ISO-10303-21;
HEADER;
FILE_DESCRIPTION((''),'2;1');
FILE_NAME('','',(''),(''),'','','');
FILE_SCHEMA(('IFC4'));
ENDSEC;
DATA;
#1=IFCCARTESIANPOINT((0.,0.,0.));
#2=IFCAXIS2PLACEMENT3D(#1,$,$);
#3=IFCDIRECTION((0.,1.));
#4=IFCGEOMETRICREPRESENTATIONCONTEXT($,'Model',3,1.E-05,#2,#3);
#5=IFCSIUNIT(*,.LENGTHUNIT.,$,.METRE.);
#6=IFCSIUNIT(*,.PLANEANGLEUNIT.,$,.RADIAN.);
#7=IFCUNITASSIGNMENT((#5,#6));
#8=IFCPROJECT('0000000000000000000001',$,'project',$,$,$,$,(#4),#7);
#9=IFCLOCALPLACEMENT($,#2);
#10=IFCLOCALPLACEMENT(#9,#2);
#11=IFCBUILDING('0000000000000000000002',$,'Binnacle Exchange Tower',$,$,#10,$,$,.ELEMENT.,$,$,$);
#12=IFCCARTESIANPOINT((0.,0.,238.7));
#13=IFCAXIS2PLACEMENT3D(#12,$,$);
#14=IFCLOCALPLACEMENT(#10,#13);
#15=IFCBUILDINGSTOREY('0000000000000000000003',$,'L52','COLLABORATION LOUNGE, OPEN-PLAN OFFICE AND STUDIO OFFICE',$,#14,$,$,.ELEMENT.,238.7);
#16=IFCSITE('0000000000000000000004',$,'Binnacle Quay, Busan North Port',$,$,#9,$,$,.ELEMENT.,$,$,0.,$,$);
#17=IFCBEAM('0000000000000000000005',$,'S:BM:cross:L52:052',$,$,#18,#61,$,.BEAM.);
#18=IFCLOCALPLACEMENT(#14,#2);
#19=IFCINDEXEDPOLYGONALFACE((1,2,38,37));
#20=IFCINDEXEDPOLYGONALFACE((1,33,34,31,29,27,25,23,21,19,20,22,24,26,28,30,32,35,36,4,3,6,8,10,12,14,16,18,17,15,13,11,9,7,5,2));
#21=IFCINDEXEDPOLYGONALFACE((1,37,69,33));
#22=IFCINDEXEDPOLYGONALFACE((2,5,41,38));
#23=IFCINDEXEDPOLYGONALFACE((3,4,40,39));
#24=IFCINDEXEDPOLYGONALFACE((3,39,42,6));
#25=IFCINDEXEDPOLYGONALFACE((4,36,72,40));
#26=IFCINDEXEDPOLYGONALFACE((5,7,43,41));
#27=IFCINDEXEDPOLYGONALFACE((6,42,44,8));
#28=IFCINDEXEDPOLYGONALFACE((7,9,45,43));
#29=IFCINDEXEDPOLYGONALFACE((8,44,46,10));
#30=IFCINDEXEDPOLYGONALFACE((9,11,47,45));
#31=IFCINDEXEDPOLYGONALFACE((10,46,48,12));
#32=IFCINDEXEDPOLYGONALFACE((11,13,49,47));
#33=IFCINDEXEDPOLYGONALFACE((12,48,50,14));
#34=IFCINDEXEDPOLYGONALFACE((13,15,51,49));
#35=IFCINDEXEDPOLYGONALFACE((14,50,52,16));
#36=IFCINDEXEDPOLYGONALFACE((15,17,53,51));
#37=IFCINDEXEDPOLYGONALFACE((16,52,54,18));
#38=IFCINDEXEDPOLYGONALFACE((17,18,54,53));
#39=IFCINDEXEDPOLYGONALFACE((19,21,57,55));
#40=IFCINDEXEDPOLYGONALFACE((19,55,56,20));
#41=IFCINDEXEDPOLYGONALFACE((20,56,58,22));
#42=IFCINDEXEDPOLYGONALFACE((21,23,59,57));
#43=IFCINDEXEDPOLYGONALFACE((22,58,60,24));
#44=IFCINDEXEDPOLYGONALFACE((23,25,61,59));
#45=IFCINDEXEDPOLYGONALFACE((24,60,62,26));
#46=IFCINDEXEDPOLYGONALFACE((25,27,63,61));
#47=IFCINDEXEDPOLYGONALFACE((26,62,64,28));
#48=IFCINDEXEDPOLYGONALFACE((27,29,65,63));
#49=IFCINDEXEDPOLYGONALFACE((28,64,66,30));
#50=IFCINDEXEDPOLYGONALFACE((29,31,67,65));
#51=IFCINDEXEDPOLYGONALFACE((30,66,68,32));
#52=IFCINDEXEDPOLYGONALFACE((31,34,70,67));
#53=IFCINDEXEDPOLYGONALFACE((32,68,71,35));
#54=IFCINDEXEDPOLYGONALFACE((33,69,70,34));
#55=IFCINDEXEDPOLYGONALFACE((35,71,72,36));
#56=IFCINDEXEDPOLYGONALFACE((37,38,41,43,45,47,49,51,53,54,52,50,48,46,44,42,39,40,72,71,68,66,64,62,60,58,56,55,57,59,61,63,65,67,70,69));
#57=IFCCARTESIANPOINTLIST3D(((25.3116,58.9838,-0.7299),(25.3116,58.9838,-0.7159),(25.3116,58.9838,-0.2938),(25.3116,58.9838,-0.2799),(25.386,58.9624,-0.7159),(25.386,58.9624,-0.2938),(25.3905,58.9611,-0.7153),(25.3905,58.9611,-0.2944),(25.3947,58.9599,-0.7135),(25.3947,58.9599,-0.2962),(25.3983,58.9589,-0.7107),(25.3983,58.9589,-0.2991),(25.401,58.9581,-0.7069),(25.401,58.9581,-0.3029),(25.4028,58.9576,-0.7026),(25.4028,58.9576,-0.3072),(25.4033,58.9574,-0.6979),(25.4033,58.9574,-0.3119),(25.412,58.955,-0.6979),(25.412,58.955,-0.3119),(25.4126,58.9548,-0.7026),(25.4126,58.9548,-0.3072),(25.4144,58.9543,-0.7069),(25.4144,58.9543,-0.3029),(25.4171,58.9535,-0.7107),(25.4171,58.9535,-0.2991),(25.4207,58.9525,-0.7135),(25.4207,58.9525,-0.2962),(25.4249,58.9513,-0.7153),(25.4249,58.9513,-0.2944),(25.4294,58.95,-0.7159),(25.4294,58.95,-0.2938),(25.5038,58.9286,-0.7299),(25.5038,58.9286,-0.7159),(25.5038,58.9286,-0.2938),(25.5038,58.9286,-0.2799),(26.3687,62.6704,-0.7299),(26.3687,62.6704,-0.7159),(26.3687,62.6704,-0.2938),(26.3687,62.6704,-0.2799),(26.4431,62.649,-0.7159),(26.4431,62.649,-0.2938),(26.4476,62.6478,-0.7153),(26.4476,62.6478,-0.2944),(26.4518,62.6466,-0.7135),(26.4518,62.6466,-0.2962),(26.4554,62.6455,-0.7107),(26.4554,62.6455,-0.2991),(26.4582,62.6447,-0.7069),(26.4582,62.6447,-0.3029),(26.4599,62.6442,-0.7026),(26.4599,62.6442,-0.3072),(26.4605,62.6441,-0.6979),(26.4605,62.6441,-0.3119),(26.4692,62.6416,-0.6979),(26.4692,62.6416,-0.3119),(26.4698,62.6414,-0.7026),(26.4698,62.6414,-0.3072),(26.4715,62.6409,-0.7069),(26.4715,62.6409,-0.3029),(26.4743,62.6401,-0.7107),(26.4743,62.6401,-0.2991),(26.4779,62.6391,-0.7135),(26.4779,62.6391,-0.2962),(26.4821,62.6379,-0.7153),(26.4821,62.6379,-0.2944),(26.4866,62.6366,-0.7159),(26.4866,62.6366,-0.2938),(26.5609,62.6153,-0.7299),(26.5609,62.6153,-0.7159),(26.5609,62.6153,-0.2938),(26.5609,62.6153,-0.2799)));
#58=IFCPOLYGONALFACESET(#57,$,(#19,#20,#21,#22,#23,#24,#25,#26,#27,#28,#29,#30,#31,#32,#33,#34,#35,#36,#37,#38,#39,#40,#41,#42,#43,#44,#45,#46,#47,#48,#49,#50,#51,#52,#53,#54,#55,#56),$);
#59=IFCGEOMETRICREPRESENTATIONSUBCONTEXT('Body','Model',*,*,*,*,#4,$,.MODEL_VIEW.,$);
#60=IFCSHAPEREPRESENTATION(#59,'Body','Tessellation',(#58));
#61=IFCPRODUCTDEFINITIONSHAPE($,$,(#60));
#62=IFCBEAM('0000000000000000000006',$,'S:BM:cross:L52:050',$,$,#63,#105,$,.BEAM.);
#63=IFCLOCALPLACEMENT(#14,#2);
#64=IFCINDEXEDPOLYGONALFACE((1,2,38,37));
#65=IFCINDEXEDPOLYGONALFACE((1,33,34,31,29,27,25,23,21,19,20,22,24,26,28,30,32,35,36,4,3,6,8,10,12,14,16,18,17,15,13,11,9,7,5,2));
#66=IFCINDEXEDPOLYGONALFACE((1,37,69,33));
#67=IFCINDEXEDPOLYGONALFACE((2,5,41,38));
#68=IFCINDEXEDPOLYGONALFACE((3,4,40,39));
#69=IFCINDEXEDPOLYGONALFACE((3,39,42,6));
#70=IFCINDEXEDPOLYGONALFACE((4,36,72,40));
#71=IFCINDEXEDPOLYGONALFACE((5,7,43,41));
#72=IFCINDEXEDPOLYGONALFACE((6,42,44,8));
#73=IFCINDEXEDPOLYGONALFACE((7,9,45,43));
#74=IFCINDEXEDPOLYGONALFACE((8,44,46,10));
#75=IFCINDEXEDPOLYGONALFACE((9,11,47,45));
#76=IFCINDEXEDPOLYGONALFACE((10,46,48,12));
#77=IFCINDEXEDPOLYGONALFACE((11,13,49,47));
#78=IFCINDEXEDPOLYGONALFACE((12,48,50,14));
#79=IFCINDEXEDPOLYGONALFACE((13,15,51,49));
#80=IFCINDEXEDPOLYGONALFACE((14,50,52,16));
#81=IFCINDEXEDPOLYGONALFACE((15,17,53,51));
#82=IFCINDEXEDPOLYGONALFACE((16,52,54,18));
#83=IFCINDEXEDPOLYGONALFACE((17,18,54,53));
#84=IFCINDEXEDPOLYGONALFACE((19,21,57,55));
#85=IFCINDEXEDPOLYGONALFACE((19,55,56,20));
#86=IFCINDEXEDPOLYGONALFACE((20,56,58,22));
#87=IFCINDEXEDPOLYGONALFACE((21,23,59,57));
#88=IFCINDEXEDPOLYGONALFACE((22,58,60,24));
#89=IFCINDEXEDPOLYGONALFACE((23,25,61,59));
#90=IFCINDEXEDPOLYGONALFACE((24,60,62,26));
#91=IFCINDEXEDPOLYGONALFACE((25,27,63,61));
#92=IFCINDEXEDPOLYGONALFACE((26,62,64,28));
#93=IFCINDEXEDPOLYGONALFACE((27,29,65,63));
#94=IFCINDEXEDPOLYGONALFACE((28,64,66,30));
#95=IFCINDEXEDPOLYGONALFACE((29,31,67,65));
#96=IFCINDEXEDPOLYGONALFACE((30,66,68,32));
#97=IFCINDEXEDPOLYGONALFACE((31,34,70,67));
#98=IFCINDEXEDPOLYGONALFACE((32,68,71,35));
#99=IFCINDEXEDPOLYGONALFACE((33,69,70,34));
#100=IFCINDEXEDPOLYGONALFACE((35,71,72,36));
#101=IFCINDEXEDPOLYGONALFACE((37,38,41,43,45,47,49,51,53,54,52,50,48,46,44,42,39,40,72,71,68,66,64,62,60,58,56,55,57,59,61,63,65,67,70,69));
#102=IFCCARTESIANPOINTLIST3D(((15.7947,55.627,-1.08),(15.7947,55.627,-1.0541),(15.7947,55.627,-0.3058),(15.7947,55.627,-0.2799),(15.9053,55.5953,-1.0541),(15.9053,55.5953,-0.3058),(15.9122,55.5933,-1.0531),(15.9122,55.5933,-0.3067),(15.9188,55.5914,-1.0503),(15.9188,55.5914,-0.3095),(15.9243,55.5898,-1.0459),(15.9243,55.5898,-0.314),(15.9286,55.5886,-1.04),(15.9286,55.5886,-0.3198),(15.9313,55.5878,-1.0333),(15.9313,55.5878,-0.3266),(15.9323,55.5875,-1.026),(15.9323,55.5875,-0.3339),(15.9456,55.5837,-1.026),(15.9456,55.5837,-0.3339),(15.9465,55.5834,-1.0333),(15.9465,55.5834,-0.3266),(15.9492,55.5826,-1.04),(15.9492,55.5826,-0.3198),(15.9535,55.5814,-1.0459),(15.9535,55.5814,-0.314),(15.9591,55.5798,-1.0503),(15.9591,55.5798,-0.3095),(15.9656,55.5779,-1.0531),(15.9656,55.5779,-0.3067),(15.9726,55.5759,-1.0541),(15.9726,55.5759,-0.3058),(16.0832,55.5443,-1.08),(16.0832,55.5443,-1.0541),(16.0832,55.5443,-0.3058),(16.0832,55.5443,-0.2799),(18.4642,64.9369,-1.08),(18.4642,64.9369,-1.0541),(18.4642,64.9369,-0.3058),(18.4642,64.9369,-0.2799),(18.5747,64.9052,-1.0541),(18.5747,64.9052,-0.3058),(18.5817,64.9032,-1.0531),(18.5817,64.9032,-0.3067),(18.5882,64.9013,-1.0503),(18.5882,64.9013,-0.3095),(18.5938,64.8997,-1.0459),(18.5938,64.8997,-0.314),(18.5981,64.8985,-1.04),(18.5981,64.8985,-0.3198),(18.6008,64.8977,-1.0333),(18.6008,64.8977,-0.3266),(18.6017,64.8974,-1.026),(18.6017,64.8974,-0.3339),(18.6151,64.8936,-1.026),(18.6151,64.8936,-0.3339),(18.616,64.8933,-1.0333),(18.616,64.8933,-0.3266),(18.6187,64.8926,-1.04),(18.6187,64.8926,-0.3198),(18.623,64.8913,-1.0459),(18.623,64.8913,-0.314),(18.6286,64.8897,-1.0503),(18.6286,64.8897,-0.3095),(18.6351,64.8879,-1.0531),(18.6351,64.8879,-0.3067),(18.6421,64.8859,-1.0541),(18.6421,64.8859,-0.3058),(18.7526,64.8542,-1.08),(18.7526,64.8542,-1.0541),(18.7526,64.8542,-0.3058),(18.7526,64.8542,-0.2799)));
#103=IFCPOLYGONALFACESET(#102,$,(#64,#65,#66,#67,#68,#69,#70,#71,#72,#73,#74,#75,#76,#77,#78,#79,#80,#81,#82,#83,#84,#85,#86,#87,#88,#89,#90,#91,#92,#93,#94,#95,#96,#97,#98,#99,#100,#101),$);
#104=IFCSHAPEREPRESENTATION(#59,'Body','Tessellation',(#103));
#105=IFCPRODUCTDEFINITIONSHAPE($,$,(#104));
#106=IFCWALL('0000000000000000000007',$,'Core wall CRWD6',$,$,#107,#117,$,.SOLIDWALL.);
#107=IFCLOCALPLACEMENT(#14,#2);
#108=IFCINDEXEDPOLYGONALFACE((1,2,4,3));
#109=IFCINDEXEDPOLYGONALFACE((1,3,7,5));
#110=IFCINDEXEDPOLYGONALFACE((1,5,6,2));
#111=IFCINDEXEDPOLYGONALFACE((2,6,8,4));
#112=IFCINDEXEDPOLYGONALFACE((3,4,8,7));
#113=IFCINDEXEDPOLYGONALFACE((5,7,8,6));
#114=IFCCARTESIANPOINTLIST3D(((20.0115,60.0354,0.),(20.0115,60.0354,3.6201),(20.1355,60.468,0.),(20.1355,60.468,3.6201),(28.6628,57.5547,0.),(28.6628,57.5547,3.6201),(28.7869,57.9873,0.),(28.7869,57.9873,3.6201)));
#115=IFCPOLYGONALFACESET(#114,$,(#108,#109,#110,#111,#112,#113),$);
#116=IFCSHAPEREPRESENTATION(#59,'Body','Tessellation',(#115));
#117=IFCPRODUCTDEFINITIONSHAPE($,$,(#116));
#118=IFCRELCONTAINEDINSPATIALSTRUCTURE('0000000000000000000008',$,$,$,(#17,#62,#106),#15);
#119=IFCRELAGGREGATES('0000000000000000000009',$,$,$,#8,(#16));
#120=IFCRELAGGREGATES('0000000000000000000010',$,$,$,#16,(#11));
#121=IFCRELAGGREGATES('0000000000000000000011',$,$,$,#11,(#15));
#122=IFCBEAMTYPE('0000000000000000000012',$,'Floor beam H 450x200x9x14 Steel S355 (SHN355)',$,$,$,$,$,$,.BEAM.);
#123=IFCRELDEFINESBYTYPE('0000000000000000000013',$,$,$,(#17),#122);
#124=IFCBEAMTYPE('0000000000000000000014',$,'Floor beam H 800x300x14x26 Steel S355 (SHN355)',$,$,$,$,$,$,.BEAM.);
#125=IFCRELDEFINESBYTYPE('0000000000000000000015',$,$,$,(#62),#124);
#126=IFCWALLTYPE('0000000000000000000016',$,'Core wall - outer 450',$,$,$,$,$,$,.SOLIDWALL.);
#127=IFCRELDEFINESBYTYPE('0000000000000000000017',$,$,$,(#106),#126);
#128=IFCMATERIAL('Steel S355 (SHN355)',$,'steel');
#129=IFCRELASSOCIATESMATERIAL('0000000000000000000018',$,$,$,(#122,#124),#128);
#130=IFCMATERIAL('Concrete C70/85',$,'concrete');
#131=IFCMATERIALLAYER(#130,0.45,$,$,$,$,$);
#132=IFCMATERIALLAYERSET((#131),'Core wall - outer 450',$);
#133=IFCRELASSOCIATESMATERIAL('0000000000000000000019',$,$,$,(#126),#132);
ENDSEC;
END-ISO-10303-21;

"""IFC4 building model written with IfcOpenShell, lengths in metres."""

from ifc_helpers import new_model, si_unit, direction, frame, frame_2d, origin, origin_2d, place, context, subcontext, project, spatial, rectangle, i_section, extrude, material, layer, layer_set, material_profile, profile_set, type_object, element, save


model = new_model("IFC4")

# Units and contexts
model_context = context("Model", 3, precision=1e-05, world=origin(), true_north=direction((0.0, 1.0)))
body_context = subcontext(model_context, "Body", "Model", "MODEL_VIEW")
ifc_project = project(units=[si_unit("LENGTHUNIT", "METRE"), si_unit("PLANEANGLEUNIT", "RADIAN")], contexts=[model_context])

# Site, building, storey
site_placement = place(None, origin())
site = spatial("IfcSite", under=ifc_project, at=site_placement, Name="Binnacle Quay, Busan North Port", CompositionType="ELEMENT", RefElevation=0.0)
building_placement = place(site_placement, origin())
building = spatial("IfcBuilding", under=site, at=building_placement, Name="Binnacle Exchange Tower", CompositionType="ELEMENT")
storey_placement = place(building_placement, frame((0.0, 0.0, 238.7)))
storey = spatial("IfcBuildingStorey", under=building, at=storey_placement, Name="L52", Description="COLLABORATION LOUNGE, OPEN-PLAN OFFICE AND STUDIO OFFICE", CompositionType="ELEMENT", Elevation=238.7)

# Beams
ifc_material_1 = material(Name="Steel S355 (SHN355)", Category="steel")
ifc_material_profile_1 = material_profile(ifc_material_1, i_section(OverallWidth=0.2, OverallDepth=0.45, WebThickness=0.009, FlangeThickness=0.0139, FilletRadius=0.0181, at=origin_2d()), Name="H 450x200x9x14")
ifc_profile_set_1 = profile_set([ifc_material_profile_1], Name="Steel S355 (SHN355)")
beam_type_1 = type_object("IfcBeamType", Name="Floor beam H 450x200x9x14 Steel S355 (SHN355)", PredefinedType="BEAM", material=ifc_profile_set_1)
beam_1_placement = place(storey_placement, frame((26.4648, 62.6428, -0.5049), z_axis=(-0.275646, -0.961259, 0.0), x_axis=(0.961259, -0.275646, 0.0)))
element("IfcBeam", 1, at=beam_1_placement, inside=storey, type_object=beam_type_1, Name="S:BM:cross:L52:052", PredefinedType="BEAM", context=body_context, shape_type="SweptSolid", body=[
    extrude(i_section(OverallWidth=0.2, OverallDepth=0.45, WebThickness=0.009, FlangeThickness=0.0139, FilletRadius=0.0181, at=origin_2d()), origin(), (0.0, 0.0, 1.0), 3.8352),
])
ifc_material_profile_2 = material_profile(ifc_material_1, i_section(OverallWidth=0.3, OverallDepth=0.8, WebThickness=0.0139, FlangeThickness=0.0259, FilletRadius=0.0281, at=origin_2d()), Name="H 800x300x14x26")
ifc_profile_set_2 = profile_set([ifc_material_profile_2], Name="Steel S355 (SHN355)")
beam_type_2 = type_object("IfcBeamType", Name="Floor beam H 800x300x14x26 Steel S355 (SHN355)", PredefinedType="BEAM", material=ifc_profile_set_2)
beam_2_placement = place(storey_placement, frame((18.6084, 64.8955, -0.6799), z_axis=(-0.275627, -0.961265, 0.0), x_axis=(0.961265, -0.275627, 0.0)))
element("IfcBeam", 2, at=beam_2_placement, inside=storey, type_object=beam_type_2, Name="S:BM:cross:L52:050", PredefinedType="BEAM", context=body_context, shape_type="SweptSolid", body=[
    extrude(i_section(OverallWidth=0.3, OverallDepth=0.8, WebThickness=0.0139, FlangeThickness=0.0259, FilletRadius=0.0281, at=origin_2d()), origin(), (0.0, 0.0, 1.0), 9.6851),
])

# Wall
ifc_material_2 = material(Name="Concrete C70/85", Category="concrete")
ifc_layer_1 = layer(ifc_material_2, 0.45)
ifc_layer_set_1 = layer_set([ifc_layer_1], Name="Core wall - outer 450")
wall_type_1 = type_object("IfcWallType", Name="Core wall - outer 450", PredefinedType="SOLIDWALL", material=ifc_layer_set_1)
wall_1_placement = place(storey_placement, frame((20.0735, 60.2517, 0.0), z_axis=(0.0, 0.0, 1.0), x_axis=(0.961262, -0.275635, 0.0)))
element("IfcWall", 3, at=wall_1_placement, inside=storey, type_object=wall_type_1, Name="Core wall CRWD6", PredefinedType="SOLIDWALL", context=body_context, shape_type="SweptSolid", body=[
    extrude(rectangle(XDim=9.0, YDim=0.45, at=frame_2d((4.5, 0.0))), origin(), (0.0, 0.0, 1.0), 3.6201),
])

save(model, "model.ifc")
